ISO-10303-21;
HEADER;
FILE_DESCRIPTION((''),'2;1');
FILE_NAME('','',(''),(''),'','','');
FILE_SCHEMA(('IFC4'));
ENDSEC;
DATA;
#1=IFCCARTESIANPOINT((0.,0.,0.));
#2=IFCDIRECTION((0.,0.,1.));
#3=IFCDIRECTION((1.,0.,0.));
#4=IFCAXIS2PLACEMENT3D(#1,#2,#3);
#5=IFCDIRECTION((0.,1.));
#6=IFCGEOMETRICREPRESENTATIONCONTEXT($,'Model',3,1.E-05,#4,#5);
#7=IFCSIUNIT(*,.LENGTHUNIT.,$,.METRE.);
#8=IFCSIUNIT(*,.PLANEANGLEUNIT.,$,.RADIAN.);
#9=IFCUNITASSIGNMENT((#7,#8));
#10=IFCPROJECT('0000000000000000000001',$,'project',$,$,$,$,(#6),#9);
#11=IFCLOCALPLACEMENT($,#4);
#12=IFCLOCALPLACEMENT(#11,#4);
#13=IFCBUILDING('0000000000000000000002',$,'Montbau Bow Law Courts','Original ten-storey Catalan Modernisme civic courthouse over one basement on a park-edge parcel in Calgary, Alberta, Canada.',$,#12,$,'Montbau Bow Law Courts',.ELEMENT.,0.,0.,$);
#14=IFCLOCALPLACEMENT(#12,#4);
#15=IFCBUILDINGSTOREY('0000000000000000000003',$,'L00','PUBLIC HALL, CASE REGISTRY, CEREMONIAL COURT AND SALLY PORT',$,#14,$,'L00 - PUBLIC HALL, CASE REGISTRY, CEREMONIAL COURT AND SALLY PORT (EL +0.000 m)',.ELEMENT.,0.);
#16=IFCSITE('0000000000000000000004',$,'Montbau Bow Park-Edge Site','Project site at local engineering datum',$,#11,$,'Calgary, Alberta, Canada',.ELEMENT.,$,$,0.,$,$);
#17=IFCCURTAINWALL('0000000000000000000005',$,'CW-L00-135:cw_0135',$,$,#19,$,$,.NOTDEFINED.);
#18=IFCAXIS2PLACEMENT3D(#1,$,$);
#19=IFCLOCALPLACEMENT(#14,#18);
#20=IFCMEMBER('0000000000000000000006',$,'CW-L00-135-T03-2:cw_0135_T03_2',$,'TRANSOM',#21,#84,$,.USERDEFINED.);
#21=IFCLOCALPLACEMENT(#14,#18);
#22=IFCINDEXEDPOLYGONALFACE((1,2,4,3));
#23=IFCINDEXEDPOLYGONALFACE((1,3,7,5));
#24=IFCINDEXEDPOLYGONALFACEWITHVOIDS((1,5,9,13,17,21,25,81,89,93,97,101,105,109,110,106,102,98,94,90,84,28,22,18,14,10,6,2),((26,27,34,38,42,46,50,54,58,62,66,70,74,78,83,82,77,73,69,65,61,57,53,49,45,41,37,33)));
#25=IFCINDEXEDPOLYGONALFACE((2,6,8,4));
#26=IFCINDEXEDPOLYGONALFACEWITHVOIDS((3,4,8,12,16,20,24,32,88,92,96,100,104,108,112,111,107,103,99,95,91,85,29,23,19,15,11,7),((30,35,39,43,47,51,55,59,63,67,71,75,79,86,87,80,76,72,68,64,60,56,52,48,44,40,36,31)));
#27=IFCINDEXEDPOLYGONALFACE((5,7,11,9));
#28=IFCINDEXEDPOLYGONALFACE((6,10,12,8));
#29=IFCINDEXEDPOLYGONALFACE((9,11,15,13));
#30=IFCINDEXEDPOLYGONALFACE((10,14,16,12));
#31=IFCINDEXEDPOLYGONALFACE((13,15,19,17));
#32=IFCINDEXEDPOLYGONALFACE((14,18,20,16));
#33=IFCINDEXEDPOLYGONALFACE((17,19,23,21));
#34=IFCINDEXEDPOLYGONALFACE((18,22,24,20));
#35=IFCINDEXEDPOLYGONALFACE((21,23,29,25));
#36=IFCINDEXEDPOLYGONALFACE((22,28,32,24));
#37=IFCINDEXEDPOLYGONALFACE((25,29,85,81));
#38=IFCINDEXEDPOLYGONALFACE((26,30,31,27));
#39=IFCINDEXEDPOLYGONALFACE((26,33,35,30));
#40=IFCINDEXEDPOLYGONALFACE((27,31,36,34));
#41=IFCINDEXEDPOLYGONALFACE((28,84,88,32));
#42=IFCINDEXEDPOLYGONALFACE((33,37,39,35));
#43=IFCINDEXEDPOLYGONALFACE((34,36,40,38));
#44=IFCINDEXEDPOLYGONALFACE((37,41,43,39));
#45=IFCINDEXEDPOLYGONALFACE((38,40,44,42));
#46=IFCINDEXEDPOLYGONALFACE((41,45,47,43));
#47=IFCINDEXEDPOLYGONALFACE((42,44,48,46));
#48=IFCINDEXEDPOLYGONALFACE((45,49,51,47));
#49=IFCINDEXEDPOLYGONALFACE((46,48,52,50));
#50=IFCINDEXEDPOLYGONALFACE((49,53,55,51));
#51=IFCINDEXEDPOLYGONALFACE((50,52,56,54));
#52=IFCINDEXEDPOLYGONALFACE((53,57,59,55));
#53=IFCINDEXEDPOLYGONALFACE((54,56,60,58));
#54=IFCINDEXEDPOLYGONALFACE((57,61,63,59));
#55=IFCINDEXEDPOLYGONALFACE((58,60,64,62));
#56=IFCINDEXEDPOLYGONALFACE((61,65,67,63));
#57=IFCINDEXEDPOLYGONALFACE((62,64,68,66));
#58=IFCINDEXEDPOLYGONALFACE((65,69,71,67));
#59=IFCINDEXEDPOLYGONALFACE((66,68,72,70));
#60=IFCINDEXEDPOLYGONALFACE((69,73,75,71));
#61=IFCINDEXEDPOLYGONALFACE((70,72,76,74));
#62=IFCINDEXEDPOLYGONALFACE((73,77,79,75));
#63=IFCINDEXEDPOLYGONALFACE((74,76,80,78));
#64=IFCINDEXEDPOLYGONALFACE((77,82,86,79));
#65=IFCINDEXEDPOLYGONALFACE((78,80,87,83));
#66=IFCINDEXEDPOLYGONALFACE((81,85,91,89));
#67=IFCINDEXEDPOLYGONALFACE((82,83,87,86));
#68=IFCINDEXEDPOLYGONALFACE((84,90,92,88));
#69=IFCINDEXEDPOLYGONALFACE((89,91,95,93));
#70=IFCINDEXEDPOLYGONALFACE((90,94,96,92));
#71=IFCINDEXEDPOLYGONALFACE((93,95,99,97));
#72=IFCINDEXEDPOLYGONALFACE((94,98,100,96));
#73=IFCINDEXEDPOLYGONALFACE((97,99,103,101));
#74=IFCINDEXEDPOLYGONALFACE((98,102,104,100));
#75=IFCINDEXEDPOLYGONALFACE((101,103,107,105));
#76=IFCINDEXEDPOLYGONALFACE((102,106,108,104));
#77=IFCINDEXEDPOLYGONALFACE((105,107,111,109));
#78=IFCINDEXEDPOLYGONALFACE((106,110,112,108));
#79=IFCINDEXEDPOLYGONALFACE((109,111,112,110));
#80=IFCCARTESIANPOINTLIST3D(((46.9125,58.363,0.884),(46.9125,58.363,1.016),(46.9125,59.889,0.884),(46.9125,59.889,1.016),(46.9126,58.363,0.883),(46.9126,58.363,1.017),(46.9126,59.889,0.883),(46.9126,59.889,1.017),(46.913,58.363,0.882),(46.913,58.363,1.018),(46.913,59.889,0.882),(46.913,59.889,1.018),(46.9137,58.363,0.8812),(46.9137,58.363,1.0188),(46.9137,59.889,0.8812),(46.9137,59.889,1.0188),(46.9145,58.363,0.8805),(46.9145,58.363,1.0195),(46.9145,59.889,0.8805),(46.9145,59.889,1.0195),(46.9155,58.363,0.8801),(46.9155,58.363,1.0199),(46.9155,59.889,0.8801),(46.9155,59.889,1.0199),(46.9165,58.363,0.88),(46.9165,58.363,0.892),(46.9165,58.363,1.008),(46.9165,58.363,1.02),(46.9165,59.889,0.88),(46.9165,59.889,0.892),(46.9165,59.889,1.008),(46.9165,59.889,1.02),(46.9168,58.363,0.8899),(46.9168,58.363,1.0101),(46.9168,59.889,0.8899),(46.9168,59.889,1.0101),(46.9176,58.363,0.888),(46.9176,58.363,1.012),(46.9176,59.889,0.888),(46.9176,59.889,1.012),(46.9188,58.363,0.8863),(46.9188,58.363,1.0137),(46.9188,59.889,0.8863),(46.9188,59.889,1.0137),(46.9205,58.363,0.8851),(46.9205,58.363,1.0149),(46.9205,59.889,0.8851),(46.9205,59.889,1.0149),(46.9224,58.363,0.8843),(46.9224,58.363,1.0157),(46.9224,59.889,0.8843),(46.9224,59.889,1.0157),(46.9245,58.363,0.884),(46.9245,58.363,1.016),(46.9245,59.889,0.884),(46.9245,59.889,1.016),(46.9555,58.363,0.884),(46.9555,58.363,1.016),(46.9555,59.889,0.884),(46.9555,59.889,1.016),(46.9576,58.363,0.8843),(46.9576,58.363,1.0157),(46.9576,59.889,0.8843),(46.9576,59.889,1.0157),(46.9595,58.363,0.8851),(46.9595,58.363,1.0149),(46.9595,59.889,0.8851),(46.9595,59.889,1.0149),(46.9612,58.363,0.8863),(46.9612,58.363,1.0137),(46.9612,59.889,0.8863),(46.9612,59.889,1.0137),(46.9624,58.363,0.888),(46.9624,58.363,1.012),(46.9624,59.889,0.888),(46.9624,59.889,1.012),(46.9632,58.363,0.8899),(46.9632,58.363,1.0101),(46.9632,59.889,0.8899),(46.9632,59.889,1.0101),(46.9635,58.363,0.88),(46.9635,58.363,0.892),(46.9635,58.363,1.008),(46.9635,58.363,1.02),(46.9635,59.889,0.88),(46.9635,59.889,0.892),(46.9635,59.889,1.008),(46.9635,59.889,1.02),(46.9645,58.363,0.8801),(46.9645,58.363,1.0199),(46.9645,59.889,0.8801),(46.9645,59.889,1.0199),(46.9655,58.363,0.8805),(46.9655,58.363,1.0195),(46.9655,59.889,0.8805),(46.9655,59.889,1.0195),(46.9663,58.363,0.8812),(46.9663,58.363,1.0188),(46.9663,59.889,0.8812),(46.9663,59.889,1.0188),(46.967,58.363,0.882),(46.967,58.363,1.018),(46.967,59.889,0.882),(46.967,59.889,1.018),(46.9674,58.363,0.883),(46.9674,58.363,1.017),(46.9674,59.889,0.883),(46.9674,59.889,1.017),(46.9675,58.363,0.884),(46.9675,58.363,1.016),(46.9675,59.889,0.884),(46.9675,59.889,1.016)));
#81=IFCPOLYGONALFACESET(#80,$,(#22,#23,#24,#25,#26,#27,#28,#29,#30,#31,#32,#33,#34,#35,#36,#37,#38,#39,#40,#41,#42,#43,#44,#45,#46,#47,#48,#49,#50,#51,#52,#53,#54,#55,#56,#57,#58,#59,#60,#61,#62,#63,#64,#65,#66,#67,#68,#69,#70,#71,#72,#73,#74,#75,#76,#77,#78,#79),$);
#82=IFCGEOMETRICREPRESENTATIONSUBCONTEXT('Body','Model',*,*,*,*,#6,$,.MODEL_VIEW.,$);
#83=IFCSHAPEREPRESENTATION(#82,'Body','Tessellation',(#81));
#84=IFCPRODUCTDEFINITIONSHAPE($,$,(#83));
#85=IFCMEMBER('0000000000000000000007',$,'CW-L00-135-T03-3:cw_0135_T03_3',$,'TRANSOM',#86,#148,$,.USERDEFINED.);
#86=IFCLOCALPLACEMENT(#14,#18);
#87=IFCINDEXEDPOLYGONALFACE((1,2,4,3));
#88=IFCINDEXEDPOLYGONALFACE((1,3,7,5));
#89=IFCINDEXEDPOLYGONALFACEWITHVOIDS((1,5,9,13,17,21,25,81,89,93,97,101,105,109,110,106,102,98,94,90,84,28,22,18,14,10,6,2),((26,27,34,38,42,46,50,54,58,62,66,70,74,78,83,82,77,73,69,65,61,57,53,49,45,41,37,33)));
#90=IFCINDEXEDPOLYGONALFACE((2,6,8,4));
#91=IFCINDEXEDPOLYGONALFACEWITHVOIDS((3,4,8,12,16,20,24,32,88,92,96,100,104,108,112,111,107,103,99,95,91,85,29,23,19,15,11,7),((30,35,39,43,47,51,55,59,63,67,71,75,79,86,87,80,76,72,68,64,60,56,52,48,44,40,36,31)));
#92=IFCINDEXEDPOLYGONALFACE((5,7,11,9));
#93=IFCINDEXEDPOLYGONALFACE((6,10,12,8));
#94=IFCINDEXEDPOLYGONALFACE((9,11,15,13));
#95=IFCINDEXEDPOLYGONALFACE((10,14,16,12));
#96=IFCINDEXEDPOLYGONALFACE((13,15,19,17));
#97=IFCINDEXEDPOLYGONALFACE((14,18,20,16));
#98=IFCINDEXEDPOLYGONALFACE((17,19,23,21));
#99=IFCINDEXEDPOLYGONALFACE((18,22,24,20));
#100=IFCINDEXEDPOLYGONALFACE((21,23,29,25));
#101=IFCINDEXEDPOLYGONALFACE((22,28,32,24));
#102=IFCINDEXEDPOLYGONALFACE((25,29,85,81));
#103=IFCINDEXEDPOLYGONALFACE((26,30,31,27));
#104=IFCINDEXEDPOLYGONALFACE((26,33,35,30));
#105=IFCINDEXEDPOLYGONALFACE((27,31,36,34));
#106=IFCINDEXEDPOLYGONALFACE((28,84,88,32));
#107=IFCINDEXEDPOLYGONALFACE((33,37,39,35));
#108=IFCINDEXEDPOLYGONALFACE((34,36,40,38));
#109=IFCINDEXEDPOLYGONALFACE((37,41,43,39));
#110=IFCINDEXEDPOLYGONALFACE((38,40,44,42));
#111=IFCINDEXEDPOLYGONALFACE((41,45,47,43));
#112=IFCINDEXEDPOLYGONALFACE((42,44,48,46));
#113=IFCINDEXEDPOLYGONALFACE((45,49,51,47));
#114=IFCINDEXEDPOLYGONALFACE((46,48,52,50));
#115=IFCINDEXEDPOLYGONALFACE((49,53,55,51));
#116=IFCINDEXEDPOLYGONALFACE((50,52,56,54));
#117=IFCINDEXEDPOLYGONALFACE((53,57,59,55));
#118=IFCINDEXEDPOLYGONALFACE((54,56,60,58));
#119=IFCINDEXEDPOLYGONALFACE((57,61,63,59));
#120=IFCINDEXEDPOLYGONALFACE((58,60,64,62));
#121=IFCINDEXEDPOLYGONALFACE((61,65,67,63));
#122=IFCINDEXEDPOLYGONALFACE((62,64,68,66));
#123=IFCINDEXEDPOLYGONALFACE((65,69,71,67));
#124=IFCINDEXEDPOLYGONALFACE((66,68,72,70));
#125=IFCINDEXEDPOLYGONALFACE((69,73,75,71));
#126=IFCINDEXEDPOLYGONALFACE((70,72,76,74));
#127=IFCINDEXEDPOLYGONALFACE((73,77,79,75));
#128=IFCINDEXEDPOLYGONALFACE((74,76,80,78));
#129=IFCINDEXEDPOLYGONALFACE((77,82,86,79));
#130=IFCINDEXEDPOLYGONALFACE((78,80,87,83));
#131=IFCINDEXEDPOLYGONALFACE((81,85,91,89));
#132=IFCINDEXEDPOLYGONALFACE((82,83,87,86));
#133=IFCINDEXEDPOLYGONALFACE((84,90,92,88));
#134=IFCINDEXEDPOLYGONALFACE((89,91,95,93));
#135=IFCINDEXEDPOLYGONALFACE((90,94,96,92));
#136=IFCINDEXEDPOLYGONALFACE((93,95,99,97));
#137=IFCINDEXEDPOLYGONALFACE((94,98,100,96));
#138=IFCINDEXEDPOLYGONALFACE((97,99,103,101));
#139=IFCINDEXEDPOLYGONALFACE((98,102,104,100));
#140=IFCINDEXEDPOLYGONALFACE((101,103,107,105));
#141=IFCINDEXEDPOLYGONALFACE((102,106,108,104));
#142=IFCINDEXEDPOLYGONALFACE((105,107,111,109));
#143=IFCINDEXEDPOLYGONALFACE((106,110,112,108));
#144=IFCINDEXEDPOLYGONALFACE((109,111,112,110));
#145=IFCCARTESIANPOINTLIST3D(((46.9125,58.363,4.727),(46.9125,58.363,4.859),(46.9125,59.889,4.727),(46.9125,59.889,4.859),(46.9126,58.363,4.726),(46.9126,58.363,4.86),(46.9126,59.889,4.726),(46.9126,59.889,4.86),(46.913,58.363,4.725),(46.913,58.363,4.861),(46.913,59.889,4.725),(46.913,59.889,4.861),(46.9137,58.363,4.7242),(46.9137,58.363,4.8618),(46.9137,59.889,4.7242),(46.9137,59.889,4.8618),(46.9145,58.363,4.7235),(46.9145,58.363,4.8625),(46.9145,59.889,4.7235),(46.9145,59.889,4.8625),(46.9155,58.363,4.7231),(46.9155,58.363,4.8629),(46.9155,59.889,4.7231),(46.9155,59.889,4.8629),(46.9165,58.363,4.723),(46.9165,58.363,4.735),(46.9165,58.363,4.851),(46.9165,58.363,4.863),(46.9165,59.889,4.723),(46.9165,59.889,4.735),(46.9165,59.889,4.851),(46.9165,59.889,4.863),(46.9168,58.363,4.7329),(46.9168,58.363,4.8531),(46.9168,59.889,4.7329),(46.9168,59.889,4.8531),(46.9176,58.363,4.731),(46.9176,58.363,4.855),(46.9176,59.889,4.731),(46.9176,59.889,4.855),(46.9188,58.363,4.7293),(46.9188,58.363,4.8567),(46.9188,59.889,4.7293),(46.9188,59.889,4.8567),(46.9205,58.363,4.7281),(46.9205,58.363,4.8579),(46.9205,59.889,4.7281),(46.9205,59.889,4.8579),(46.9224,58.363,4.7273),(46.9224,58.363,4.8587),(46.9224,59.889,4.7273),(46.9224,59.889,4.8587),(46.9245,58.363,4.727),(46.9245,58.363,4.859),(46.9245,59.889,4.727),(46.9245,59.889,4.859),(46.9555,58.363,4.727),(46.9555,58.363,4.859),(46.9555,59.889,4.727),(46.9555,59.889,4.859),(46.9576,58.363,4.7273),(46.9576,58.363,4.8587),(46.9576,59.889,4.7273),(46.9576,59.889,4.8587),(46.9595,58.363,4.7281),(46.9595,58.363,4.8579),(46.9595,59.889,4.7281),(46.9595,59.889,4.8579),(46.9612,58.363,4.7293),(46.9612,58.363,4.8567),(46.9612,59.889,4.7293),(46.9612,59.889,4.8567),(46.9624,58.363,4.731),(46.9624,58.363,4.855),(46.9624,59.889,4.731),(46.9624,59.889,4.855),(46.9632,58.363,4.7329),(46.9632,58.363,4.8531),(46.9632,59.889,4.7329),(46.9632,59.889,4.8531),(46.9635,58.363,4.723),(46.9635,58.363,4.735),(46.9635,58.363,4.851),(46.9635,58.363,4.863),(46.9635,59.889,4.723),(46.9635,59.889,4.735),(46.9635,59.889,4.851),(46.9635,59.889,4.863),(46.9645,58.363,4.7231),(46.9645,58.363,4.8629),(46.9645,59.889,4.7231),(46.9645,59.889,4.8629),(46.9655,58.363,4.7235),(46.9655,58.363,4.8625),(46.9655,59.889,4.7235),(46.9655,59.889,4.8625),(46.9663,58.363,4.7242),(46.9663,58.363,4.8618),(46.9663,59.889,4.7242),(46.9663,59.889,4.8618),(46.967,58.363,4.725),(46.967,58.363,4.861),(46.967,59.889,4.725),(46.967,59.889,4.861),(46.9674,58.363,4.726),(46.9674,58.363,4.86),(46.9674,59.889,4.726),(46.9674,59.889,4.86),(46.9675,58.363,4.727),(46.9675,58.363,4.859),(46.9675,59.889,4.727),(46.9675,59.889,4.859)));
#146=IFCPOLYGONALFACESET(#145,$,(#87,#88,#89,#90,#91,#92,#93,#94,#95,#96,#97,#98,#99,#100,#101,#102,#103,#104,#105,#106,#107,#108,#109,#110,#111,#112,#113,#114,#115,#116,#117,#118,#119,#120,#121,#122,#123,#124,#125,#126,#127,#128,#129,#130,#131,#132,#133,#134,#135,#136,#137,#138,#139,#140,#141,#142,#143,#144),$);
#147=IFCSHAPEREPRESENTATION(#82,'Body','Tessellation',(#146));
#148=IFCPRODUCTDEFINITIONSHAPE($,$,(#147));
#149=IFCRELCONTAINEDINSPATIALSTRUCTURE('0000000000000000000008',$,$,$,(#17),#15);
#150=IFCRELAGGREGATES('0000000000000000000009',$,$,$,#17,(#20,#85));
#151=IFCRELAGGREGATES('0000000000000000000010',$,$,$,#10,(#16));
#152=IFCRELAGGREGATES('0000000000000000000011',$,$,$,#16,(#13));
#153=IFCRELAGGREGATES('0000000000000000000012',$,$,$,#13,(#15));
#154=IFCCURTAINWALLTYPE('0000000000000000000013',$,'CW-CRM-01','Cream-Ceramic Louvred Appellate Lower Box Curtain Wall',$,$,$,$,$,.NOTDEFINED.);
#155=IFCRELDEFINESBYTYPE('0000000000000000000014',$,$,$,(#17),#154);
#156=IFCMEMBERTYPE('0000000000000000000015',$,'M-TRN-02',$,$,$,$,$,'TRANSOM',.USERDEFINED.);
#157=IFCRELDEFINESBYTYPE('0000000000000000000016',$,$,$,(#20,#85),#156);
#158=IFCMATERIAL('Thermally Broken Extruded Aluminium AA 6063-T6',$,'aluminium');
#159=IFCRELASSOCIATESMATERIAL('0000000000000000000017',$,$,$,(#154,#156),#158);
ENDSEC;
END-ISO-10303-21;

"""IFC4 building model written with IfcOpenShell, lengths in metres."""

from ifc_helpers import new_model, si_unit, direction, frame, origin_with_axes, origin_2d_with_axis, place, context, subcontext, project, spatial, hollow_rectangle, extrude, material, material_profile, profile_set, type_object, element, aggregate, save


model = new_model("IFC4")

# Units and contexts
model_context = context("Model", 3, precision=1e-05, world=origin_with_axes(), true_north=direction((0.0, 1.0)))
body_context = subcontext(model_context, "Body", "Model", "MODEL_VIEW")
ifc_project = project(units=[si_unit("LENGTHUNIT", "METRE"), si_unit("PLANEANGLEUNIT", "RADIAN")], contexts=[model_context])

# Site, building, storey
site_placement = place(None, origin_with_axes())
site = spatial("IfcSite", under=ifc_project, at=site_placement, Name="Montbau Bow Park-Edge Site", Description="Project site at local engineering datum", LongName="Calgary, Alberta, Canada", CompositionType="ELEMENT", RefElevation=0.0)
building_placement = place(site_placement, origin_with_axes())
building = spatial("IfcBuilding", under=site, at=building_placement, Name="Montbau Bow Law Courts", Description="Original ten-storey Catalan Modernisme civic courthouse over one basement on a park-edge parcel in Calgary, Alberta, Canada.", LongName="Montbau Bow Law Courts", CompositionType="ELEMENT", ElevationOfRefHeight=0.0, ElevationOfTerrain=0.0)
storey_placement = place(building_placement, origin_with_axes())
storey = spatial("IfcBuildingStorey", under=building, at=storey_placement, Name="L00", Description="PUBLIC HALL, CASE REGISTRY, CEREMONIAL COURT AND SALLY PORT", LongName="L00 - PUBLIC HALL, CASE REGISTRY, CEREMONIAL COURT AND SALLY PORT (EL +0.000 m)", CompositionType="ELEMENT", Elevation=0.0)

# Shared definitions
ifc_material_1 = material(Name="Thermally Broken Extruded Aluminium AA 6063-T6", Category="aluminium")
curtain_wall_type = type_object("IfcCurtainWallType", Name="CW-CRM-01", Description="Cream-Ceramic Louvred Appellate Lower Box Curtain Wall", PredefinedType="NOTDEFINED", material=ifc_material_1)

# Curtain wall, members
curtain_wall_1_placement = place(None, frame((46.94, 55.115, 0.0), z_axis=(0.0, 0.0, 1.0), x_axis=(1.0, 0.0, 0.0)))
curtain_wall_1 = element("IfcCurtainWall", 1, at=curtain_wall_1_placement, inside=storey, type_object=curtain_wall_type, Name="CW-L00-135:cw_0135", PredefinedType="NOTDEFINED")
ifc_material_profile_1 = material_profile(ifc_material_1, hollow_rectangle(XDim=0.055, YDim=0.14, WallThickness=0.004, InnerFilletRadius=0.008, OuterFilletRadius=0.004, at=origin_2d_with_axis()), Name="CWT-140X55", Category="Main", Priority=0)
ifc_profile_set_1 = profile_set([ifc_material_profile_1], Name="Thermally Broken Extruded Aluminium AA 6063-T6")
member_type_1 = type_object("IfcMemberType", Name="M-TRN-02", ElementType="TRANSOM", PredefinedType="USERDEFINED", material=ifc_profile_set_1)
member_1_placement = place(None, frame((46.94, 58.363, 0.95), z_axis=(0.0, 1.0, 0.0), x_axis=(-1.0, 0.0, 0.0)))
member_1 = element("IfcMember", 2, at=member_1_placement, type_object=member_type_1, Name="CW-L00-135-T03-2:cw_0135_T03_2", ObjectType="TRANSOM", PredefinedType="USERDEFINED", context=body_context, shape_type="SweptSolid", body=[
    extrude(hollow_rectangle(XDim=0.055, YDim=0.14, WallThickness=0.004, InnerFilletRadius=0.008, OuterFilletRadius=0.004, at=origin_2d_with_axis()), origin_with_axes(), (0.0, 0.0, 1.0), 1.526),
])
member_2_placement = place(None, frame((46.94, 58.363, 4.793), z_axis=(0.0, 1.0, 0.0), x_axis=(-1.0, 0.0, 0.0)))
member_2 = element("IfcMember", 3, at=member_2_placement, type_object=member_type_1, Name="CW-L00-135-T03-3:cw_0135_T03_3", ObjectType="TRANSOM", PredefinedType="USERDEFINED", context=body_context, shape_type="SweptSolid", body=[
    extrude(hollow_rectangle(XDim=0.055, YDim=0.14, WallThickness=0.004, InnerFilletRadius=0.008, OuterFilletRadius=0.004, at=origin_2d_with_axis()), origin_with_axes(), (0.0, 0.0, 1.0), 1.526),
])

aggregate(curtain_wall_1, [member_1, member_2])

save(model, "model.ifc")
